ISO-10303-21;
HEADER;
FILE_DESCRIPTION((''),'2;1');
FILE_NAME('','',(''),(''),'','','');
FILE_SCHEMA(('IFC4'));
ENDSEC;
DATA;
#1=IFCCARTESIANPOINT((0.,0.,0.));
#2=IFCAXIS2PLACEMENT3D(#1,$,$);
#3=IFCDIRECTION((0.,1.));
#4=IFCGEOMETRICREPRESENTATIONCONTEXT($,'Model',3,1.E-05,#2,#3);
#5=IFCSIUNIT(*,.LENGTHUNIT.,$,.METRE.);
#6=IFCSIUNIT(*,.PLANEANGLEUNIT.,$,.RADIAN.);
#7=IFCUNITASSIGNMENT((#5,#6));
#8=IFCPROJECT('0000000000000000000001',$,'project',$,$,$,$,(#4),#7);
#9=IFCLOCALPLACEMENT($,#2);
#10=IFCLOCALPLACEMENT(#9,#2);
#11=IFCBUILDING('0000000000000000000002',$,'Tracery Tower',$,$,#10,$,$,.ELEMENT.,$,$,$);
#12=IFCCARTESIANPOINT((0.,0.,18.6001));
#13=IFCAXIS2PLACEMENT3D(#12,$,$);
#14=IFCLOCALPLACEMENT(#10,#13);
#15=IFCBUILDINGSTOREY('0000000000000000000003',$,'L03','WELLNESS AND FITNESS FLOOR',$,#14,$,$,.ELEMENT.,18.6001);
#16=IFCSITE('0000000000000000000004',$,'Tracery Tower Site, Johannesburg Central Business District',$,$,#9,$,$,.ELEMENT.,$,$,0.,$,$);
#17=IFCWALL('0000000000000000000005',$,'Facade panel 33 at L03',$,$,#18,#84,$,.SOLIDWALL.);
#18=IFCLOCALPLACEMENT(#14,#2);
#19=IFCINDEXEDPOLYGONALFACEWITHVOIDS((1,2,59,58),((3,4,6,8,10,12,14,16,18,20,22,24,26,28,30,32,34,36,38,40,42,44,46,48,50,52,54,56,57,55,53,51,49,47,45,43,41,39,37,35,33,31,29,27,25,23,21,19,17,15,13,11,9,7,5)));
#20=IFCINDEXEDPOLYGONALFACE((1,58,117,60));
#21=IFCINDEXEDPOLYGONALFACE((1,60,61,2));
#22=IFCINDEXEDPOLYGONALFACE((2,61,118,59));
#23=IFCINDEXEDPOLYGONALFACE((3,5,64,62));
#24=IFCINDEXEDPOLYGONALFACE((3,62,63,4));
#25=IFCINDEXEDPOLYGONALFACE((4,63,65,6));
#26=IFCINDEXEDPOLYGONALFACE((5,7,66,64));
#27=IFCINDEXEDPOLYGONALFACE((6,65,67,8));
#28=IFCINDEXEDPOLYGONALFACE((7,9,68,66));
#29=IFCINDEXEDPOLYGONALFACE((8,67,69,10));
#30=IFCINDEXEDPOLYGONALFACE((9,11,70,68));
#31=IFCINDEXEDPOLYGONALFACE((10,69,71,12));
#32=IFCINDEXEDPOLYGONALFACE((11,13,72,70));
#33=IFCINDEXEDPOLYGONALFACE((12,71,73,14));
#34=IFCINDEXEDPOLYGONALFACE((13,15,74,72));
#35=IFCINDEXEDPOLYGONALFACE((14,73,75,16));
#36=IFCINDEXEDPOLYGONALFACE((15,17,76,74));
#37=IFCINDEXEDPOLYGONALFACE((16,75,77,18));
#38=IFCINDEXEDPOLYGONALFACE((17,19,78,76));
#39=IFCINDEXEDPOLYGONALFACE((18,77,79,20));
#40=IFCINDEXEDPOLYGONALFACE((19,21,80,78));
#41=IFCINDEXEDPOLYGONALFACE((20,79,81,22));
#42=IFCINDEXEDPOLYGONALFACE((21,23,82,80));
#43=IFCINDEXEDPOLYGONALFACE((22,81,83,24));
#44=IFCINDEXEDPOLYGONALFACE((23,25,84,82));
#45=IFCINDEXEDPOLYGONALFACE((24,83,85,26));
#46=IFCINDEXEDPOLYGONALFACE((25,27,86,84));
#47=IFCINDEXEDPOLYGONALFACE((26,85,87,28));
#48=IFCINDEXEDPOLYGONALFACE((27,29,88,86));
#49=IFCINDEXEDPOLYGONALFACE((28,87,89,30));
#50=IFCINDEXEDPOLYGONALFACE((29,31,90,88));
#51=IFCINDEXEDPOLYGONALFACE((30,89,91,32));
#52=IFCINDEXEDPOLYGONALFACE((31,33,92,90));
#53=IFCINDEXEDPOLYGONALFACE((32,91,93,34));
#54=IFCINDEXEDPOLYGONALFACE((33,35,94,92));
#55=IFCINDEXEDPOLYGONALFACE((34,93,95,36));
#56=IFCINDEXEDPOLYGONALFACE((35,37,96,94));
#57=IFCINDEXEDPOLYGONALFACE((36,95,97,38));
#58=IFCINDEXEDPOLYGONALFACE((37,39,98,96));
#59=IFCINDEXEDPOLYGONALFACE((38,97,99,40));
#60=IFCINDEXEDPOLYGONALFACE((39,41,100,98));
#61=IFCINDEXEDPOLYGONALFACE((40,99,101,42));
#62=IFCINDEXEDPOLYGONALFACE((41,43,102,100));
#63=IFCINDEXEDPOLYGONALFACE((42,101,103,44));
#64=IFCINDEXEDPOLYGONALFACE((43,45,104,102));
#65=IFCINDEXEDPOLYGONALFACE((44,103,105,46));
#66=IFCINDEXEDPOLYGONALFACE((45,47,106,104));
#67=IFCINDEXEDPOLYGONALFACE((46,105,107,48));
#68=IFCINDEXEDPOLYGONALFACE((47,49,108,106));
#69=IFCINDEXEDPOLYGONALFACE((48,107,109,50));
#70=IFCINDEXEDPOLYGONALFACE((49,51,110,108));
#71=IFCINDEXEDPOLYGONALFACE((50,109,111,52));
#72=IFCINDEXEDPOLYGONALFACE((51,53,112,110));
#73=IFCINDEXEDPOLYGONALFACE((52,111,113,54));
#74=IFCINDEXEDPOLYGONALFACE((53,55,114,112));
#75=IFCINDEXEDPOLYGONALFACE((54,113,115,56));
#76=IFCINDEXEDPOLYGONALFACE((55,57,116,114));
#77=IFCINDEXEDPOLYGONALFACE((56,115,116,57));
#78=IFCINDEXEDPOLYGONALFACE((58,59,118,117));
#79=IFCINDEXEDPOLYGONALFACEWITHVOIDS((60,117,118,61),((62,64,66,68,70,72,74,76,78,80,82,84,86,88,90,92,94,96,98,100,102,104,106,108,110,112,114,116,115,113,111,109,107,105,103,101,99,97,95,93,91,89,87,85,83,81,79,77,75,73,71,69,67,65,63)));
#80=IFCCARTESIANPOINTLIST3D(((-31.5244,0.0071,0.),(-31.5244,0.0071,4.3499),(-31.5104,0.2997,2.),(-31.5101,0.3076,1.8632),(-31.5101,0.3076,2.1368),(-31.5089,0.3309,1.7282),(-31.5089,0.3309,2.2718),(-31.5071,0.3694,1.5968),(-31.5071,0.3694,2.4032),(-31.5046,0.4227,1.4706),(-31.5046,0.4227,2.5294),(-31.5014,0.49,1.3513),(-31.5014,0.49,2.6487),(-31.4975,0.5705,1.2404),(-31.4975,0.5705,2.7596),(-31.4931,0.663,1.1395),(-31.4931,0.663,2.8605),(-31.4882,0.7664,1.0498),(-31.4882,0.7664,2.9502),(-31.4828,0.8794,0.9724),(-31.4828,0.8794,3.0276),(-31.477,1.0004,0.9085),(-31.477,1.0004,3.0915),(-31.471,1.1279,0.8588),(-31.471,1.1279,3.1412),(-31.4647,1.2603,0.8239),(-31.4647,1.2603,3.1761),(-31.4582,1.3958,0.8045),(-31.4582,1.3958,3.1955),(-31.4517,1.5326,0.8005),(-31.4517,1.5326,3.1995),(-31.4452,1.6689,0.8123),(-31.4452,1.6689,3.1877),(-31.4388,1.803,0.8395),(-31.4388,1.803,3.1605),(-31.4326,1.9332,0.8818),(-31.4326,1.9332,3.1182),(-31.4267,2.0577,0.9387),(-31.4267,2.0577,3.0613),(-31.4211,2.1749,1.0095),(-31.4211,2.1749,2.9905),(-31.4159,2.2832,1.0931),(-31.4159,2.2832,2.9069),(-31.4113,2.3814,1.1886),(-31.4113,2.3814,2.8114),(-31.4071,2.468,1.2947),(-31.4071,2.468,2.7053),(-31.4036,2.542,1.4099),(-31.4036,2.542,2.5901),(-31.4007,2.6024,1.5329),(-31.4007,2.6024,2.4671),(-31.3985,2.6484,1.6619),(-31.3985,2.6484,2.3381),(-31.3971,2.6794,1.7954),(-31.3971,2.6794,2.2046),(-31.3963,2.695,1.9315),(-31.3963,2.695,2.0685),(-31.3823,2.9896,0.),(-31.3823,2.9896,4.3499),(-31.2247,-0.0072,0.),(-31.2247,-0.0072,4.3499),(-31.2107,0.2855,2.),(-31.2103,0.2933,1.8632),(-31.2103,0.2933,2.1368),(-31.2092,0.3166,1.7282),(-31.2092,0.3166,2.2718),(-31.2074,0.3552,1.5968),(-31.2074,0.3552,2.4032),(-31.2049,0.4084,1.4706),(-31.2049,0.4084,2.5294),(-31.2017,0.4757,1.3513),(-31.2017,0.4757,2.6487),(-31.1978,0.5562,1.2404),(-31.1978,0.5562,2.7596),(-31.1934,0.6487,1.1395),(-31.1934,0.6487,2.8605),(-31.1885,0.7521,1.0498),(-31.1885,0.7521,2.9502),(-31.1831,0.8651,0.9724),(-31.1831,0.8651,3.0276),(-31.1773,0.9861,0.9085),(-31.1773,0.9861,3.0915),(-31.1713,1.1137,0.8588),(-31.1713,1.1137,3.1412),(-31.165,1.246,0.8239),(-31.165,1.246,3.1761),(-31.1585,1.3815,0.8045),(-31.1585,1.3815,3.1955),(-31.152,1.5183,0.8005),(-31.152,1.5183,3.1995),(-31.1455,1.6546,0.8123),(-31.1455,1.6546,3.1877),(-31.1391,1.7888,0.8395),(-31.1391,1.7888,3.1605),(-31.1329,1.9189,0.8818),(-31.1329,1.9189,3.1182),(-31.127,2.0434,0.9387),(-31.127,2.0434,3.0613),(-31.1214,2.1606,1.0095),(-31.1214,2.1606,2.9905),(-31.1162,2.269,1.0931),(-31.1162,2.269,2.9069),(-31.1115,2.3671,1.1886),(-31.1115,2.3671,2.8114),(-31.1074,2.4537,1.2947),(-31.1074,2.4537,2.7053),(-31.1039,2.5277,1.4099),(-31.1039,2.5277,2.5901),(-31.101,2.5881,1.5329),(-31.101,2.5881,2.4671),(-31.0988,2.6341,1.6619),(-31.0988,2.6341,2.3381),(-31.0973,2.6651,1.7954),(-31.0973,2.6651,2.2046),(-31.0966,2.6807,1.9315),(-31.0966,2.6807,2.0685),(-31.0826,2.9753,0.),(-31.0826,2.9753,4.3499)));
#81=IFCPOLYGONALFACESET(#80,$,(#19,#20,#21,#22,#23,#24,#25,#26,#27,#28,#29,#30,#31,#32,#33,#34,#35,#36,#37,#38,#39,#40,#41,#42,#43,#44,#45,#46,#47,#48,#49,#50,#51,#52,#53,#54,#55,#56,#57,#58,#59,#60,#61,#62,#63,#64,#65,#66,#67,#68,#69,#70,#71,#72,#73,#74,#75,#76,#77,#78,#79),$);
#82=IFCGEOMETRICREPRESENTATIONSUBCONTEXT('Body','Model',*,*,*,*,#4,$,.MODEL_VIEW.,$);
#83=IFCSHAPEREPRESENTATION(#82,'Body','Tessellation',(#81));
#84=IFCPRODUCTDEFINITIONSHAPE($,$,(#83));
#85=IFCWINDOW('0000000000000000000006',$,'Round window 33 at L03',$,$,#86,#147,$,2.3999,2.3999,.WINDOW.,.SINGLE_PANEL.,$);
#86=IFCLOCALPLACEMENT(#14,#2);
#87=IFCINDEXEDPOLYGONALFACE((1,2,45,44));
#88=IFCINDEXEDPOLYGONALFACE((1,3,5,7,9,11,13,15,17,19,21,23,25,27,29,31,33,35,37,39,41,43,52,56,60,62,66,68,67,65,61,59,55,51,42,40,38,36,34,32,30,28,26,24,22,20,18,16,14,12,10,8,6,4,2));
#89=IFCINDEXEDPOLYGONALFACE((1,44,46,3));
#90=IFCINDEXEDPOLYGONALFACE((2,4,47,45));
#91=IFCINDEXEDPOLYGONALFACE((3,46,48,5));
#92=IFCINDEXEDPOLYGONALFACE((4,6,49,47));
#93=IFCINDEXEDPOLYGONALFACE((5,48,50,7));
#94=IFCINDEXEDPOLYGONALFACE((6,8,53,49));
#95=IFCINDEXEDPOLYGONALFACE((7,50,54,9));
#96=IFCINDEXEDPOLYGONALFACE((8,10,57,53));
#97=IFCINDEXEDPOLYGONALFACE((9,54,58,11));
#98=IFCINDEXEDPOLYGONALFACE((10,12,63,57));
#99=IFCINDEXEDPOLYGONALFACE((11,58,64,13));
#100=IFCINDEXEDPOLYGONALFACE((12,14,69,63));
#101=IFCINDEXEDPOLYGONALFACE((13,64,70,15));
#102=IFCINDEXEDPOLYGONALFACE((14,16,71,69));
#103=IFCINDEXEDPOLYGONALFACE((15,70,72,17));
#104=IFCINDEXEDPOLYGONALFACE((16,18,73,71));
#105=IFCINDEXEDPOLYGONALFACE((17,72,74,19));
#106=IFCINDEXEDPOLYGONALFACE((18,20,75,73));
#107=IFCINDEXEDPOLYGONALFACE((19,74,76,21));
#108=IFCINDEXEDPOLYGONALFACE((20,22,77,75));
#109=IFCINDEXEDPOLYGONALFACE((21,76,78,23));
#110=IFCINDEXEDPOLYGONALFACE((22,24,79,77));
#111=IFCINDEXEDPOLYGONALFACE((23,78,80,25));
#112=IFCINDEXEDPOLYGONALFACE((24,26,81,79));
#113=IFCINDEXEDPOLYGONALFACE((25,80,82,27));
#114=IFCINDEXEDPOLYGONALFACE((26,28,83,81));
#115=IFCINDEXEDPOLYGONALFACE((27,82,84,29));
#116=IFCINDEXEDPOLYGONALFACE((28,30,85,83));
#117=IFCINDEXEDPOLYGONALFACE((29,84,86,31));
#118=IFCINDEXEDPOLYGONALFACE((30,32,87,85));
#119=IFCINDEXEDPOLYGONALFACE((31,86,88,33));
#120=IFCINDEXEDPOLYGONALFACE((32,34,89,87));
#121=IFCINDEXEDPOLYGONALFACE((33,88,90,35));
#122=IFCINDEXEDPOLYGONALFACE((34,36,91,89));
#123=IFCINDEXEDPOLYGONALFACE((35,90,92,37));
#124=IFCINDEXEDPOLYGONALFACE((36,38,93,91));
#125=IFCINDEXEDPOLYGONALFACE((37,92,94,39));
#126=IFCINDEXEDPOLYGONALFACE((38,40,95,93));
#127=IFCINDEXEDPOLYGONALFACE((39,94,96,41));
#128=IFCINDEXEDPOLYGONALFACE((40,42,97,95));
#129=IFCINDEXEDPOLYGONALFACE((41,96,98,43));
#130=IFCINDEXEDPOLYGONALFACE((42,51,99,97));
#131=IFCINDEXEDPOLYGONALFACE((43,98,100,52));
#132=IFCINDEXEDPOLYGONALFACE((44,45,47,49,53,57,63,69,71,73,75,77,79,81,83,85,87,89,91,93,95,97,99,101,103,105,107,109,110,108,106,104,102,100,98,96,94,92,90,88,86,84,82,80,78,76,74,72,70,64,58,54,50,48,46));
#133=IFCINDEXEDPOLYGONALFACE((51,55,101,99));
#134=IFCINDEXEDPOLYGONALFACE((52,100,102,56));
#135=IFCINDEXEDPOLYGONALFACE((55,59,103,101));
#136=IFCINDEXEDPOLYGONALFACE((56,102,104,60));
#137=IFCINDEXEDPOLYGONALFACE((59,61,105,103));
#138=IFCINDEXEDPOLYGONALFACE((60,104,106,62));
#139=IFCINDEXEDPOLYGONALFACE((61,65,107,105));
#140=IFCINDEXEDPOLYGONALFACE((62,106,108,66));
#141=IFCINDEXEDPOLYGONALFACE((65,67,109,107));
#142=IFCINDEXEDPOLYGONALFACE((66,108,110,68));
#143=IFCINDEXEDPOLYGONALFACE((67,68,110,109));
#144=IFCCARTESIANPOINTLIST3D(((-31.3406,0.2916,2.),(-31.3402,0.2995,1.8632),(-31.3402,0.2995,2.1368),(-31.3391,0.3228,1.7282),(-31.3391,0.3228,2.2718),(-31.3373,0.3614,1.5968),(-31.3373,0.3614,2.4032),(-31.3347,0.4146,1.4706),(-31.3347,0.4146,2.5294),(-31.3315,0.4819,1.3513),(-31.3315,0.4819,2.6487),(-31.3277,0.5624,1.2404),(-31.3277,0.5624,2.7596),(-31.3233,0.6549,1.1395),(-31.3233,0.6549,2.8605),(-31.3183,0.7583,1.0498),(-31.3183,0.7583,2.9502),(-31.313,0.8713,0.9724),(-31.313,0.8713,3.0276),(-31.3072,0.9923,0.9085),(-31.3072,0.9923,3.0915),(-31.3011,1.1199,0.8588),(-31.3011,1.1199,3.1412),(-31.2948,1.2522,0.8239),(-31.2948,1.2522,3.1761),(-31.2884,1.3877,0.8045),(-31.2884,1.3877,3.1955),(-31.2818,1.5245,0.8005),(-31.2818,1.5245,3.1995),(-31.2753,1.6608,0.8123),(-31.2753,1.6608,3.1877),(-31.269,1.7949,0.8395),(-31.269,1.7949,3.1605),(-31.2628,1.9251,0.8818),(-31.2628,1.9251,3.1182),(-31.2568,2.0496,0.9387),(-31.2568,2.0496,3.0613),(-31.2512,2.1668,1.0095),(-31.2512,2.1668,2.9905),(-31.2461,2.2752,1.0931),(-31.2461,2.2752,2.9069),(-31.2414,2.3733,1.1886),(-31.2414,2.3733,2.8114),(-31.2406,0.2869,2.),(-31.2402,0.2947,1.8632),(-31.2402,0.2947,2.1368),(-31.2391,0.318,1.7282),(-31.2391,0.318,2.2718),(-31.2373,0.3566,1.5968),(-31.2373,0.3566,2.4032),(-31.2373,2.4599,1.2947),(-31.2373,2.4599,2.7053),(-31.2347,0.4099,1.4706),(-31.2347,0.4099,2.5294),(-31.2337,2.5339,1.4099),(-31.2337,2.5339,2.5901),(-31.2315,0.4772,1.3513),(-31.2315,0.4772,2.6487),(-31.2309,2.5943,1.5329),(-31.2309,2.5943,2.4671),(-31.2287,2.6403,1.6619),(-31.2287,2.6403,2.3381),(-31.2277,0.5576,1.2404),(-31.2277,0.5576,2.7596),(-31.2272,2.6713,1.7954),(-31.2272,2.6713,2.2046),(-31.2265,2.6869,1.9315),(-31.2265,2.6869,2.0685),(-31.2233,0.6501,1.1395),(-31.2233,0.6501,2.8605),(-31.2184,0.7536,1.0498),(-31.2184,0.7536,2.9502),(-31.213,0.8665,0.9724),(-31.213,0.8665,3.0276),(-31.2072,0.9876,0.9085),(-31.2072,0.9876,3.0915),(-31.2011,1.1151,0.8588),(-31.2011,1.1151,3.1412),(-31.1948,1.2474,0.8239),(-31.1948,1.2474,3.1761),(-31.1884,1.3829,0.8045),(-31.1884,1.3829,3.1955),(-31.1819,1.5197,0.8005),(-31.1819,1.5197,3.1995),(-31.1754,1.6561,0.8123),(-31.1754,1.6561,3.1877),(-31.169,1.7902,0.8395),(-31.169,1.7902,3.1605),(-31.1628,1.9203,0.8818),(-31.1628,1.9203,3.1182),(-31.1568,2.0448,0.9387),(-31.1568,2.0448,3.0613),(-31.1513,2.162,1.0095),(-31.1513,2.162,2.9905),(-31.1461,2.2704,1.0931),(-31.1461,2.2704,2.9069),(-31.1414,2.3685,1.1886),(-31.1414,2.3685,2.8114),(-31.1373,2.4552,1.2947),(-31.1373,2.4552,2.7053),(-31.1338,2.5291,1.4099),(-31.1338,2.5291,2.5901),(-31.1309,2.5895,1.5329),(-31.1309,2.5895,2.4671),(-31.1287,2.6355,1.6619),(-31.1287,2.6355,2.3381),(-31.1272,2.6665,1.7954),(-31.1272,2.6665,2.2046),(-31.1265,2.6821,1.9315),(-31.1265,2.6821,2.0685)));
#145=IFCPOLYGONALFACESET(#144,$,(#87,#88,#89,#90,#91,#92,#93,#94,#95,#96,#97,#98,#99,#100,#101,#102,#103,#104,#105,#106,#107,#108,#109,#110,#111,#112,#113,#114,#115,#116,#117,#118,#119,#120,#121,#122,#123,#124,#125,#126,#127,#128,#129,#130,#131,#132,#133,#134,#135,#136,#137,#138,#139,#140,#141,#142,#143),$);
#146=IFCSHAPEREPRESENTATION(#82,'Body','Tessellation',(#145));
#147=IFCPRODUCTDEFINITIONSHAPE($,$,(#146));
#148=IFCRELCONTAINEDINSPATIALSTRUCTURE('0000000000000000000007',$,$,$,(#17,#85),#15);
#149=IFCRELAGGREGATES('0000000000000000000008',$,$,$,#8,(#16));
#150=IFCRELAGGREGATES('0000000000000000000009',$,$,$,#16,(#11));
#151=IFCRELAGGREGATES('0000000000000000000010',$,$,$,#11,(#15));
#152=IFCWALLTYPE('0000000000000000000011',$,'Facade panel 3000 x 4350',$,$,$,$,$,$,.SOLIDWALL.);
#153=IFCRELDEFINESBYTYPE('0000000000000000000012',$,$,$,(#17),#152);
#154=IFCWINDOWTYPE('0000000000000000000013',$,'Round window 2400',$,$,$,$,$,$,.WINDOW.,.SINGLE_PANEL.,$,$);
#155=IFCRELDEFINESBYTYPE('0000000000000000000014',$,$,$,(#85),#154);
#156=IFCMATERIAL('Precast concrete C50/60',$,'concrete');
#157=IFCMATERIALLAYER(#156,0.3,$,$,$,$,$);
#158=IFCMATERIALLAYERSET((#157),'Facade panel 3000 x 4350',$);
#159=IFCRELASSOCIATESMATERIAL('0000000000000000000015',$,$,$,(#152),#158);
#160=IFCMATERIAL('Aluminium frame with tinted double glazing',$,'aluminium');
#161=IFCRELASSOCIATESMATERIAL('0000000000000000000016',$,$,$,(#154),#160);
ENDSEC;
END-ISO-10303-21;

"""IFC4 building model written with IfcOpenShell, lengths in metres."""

from ifc_helpers import new_model, si_unit, direction, frame, frame_2d, origin, origin_2d, place, context, subcontext, project, spatial, rectangle, circle, extrude, material, layer, layer_set, type_object, element, fill, save


model = new_model("IFC4")

# Units and contexts
model_context = context("Model", 3, precision=1e-05, world=origin(), true_north=direction((0.0, 1.0)))
body_context = subcontext(model_context, "Body", "Model", "MODEL_VIEW")
ifc_project = project(units=[si_unit("LENGTHUNIT", "METRE"), si_unit("PLANEANGLEUNIT", "RADIAN")], contexts=[model_context])

# Site, building, storey
site_placement = place(None, origin())
site = spatial("IfcSite", under=ifc_project, at=site_placement, Name="Tracery Tower Site, Johannesburg Central Business District", CompositionType="ELEMENT", RefElevation=0.0)
building_placement = place(site_placement, origin())
building = spatial("IfcBuilding", under=site, at=building_placement, Name="Tracery Tower", CompositionType="ELEMENT")
storey_placement = place(building_placement, frame((0.0, 0.0, 18.6001)))
storey = spatial("IfcBuildingStorey", under=building, at=storey_placement, Name="L03", Description="WELLNESS AND FITNESS FLOOR", CompositionType="ELEMENT", Elevation=18.6001)

# Wall, opening, window
ifc_material_1 = material(Name="Precast concrete C50/60", Category="concrete")
ifc_layer_1 = layer(ifc_material_1, 0.3)
ifc_layer_set_1 = layer_set([ifc_layer_1], Name="Facade panel 3000 x 4350")
wall_type_1 = type_object("IfcWallType", Name="Facade panel 3000 x 4350", PredefinedType="SOLIDWALL", material=ifc_layer_set_1)
ifc_material_2 = material(Name="Aluminium frame with tinted double glazing", Category="aluminium")
window_type = type_object("IfcWindowType", Name="Round window 2400", PartitioningType="SINGLE_PANEL", PredefinedType="WINDOW", material=ifc_material_2)
wall_1_placement = place(storey_placement, frame((-31.2324, 2.9824, 0.0), z_axis=(0.0, 0.0, 1.0), x_axis=(-0.047588, -0.998867, 0.0)))
wall_1 = element("IfcWall", 1, at=wall_1_placement, inside=storey, type_object=wall_type_1, Name="Facade panel 33 at L03", PredefinedType="SOLIDWALL", context=body_context, shape_type="SweptSolid", body=[
    extrude(rectangle(XDim=2.9858, YDim=0.3, at=frame_2d((1.4929, 0.0))), origin(), (0.0, 0.0, 1.0), 4.3499),
])
opening_1_placement = place(wall_1_placement, frame((1.4929, 0.0, 2.0)))
opening_1 = element("IfcOpeningElement", 2, at=opening_1_placement, cuts=wall_1, PredefinedType="OPENING", context=body_context, shape_type="SweptSolid", body=[
    extrude(circle(Radius=1.2, at=origin_2d()), frame((0.0, 0.1599, 0.0), z_axis=(0.0, -1.0, 0.0), x_axis=(1.0, 0.0, 0.0)), (0.0, 0.0, 1.0), 0.3201),
])
window_1_placement = place(opening_1_placement, origin())
window_1 = element("IfcWindow", 3, at=window_1_placement, inside=storey, type_object=window_type, Name="Round window 33 at L03", OverallHeight=2.3999, OverallWidth=2.3999, PartitioningType="SINGLE_PANEL", PredefinedType="WINDOW", context=body_context, shape_type="SweptSolid", body=[
    extrude(circle(Radius=1.2, at=origin_2d()), frame((0.0, 0.1201, 0.0), z_axis=(0.0, -1.0, 0.0), x_axis=(1.0, 0.0, 0.0)), (0.0, 0.0, 1.0), 0.1001),
])
fill(opening_1, window_1)

save(model, "model.ifc")
